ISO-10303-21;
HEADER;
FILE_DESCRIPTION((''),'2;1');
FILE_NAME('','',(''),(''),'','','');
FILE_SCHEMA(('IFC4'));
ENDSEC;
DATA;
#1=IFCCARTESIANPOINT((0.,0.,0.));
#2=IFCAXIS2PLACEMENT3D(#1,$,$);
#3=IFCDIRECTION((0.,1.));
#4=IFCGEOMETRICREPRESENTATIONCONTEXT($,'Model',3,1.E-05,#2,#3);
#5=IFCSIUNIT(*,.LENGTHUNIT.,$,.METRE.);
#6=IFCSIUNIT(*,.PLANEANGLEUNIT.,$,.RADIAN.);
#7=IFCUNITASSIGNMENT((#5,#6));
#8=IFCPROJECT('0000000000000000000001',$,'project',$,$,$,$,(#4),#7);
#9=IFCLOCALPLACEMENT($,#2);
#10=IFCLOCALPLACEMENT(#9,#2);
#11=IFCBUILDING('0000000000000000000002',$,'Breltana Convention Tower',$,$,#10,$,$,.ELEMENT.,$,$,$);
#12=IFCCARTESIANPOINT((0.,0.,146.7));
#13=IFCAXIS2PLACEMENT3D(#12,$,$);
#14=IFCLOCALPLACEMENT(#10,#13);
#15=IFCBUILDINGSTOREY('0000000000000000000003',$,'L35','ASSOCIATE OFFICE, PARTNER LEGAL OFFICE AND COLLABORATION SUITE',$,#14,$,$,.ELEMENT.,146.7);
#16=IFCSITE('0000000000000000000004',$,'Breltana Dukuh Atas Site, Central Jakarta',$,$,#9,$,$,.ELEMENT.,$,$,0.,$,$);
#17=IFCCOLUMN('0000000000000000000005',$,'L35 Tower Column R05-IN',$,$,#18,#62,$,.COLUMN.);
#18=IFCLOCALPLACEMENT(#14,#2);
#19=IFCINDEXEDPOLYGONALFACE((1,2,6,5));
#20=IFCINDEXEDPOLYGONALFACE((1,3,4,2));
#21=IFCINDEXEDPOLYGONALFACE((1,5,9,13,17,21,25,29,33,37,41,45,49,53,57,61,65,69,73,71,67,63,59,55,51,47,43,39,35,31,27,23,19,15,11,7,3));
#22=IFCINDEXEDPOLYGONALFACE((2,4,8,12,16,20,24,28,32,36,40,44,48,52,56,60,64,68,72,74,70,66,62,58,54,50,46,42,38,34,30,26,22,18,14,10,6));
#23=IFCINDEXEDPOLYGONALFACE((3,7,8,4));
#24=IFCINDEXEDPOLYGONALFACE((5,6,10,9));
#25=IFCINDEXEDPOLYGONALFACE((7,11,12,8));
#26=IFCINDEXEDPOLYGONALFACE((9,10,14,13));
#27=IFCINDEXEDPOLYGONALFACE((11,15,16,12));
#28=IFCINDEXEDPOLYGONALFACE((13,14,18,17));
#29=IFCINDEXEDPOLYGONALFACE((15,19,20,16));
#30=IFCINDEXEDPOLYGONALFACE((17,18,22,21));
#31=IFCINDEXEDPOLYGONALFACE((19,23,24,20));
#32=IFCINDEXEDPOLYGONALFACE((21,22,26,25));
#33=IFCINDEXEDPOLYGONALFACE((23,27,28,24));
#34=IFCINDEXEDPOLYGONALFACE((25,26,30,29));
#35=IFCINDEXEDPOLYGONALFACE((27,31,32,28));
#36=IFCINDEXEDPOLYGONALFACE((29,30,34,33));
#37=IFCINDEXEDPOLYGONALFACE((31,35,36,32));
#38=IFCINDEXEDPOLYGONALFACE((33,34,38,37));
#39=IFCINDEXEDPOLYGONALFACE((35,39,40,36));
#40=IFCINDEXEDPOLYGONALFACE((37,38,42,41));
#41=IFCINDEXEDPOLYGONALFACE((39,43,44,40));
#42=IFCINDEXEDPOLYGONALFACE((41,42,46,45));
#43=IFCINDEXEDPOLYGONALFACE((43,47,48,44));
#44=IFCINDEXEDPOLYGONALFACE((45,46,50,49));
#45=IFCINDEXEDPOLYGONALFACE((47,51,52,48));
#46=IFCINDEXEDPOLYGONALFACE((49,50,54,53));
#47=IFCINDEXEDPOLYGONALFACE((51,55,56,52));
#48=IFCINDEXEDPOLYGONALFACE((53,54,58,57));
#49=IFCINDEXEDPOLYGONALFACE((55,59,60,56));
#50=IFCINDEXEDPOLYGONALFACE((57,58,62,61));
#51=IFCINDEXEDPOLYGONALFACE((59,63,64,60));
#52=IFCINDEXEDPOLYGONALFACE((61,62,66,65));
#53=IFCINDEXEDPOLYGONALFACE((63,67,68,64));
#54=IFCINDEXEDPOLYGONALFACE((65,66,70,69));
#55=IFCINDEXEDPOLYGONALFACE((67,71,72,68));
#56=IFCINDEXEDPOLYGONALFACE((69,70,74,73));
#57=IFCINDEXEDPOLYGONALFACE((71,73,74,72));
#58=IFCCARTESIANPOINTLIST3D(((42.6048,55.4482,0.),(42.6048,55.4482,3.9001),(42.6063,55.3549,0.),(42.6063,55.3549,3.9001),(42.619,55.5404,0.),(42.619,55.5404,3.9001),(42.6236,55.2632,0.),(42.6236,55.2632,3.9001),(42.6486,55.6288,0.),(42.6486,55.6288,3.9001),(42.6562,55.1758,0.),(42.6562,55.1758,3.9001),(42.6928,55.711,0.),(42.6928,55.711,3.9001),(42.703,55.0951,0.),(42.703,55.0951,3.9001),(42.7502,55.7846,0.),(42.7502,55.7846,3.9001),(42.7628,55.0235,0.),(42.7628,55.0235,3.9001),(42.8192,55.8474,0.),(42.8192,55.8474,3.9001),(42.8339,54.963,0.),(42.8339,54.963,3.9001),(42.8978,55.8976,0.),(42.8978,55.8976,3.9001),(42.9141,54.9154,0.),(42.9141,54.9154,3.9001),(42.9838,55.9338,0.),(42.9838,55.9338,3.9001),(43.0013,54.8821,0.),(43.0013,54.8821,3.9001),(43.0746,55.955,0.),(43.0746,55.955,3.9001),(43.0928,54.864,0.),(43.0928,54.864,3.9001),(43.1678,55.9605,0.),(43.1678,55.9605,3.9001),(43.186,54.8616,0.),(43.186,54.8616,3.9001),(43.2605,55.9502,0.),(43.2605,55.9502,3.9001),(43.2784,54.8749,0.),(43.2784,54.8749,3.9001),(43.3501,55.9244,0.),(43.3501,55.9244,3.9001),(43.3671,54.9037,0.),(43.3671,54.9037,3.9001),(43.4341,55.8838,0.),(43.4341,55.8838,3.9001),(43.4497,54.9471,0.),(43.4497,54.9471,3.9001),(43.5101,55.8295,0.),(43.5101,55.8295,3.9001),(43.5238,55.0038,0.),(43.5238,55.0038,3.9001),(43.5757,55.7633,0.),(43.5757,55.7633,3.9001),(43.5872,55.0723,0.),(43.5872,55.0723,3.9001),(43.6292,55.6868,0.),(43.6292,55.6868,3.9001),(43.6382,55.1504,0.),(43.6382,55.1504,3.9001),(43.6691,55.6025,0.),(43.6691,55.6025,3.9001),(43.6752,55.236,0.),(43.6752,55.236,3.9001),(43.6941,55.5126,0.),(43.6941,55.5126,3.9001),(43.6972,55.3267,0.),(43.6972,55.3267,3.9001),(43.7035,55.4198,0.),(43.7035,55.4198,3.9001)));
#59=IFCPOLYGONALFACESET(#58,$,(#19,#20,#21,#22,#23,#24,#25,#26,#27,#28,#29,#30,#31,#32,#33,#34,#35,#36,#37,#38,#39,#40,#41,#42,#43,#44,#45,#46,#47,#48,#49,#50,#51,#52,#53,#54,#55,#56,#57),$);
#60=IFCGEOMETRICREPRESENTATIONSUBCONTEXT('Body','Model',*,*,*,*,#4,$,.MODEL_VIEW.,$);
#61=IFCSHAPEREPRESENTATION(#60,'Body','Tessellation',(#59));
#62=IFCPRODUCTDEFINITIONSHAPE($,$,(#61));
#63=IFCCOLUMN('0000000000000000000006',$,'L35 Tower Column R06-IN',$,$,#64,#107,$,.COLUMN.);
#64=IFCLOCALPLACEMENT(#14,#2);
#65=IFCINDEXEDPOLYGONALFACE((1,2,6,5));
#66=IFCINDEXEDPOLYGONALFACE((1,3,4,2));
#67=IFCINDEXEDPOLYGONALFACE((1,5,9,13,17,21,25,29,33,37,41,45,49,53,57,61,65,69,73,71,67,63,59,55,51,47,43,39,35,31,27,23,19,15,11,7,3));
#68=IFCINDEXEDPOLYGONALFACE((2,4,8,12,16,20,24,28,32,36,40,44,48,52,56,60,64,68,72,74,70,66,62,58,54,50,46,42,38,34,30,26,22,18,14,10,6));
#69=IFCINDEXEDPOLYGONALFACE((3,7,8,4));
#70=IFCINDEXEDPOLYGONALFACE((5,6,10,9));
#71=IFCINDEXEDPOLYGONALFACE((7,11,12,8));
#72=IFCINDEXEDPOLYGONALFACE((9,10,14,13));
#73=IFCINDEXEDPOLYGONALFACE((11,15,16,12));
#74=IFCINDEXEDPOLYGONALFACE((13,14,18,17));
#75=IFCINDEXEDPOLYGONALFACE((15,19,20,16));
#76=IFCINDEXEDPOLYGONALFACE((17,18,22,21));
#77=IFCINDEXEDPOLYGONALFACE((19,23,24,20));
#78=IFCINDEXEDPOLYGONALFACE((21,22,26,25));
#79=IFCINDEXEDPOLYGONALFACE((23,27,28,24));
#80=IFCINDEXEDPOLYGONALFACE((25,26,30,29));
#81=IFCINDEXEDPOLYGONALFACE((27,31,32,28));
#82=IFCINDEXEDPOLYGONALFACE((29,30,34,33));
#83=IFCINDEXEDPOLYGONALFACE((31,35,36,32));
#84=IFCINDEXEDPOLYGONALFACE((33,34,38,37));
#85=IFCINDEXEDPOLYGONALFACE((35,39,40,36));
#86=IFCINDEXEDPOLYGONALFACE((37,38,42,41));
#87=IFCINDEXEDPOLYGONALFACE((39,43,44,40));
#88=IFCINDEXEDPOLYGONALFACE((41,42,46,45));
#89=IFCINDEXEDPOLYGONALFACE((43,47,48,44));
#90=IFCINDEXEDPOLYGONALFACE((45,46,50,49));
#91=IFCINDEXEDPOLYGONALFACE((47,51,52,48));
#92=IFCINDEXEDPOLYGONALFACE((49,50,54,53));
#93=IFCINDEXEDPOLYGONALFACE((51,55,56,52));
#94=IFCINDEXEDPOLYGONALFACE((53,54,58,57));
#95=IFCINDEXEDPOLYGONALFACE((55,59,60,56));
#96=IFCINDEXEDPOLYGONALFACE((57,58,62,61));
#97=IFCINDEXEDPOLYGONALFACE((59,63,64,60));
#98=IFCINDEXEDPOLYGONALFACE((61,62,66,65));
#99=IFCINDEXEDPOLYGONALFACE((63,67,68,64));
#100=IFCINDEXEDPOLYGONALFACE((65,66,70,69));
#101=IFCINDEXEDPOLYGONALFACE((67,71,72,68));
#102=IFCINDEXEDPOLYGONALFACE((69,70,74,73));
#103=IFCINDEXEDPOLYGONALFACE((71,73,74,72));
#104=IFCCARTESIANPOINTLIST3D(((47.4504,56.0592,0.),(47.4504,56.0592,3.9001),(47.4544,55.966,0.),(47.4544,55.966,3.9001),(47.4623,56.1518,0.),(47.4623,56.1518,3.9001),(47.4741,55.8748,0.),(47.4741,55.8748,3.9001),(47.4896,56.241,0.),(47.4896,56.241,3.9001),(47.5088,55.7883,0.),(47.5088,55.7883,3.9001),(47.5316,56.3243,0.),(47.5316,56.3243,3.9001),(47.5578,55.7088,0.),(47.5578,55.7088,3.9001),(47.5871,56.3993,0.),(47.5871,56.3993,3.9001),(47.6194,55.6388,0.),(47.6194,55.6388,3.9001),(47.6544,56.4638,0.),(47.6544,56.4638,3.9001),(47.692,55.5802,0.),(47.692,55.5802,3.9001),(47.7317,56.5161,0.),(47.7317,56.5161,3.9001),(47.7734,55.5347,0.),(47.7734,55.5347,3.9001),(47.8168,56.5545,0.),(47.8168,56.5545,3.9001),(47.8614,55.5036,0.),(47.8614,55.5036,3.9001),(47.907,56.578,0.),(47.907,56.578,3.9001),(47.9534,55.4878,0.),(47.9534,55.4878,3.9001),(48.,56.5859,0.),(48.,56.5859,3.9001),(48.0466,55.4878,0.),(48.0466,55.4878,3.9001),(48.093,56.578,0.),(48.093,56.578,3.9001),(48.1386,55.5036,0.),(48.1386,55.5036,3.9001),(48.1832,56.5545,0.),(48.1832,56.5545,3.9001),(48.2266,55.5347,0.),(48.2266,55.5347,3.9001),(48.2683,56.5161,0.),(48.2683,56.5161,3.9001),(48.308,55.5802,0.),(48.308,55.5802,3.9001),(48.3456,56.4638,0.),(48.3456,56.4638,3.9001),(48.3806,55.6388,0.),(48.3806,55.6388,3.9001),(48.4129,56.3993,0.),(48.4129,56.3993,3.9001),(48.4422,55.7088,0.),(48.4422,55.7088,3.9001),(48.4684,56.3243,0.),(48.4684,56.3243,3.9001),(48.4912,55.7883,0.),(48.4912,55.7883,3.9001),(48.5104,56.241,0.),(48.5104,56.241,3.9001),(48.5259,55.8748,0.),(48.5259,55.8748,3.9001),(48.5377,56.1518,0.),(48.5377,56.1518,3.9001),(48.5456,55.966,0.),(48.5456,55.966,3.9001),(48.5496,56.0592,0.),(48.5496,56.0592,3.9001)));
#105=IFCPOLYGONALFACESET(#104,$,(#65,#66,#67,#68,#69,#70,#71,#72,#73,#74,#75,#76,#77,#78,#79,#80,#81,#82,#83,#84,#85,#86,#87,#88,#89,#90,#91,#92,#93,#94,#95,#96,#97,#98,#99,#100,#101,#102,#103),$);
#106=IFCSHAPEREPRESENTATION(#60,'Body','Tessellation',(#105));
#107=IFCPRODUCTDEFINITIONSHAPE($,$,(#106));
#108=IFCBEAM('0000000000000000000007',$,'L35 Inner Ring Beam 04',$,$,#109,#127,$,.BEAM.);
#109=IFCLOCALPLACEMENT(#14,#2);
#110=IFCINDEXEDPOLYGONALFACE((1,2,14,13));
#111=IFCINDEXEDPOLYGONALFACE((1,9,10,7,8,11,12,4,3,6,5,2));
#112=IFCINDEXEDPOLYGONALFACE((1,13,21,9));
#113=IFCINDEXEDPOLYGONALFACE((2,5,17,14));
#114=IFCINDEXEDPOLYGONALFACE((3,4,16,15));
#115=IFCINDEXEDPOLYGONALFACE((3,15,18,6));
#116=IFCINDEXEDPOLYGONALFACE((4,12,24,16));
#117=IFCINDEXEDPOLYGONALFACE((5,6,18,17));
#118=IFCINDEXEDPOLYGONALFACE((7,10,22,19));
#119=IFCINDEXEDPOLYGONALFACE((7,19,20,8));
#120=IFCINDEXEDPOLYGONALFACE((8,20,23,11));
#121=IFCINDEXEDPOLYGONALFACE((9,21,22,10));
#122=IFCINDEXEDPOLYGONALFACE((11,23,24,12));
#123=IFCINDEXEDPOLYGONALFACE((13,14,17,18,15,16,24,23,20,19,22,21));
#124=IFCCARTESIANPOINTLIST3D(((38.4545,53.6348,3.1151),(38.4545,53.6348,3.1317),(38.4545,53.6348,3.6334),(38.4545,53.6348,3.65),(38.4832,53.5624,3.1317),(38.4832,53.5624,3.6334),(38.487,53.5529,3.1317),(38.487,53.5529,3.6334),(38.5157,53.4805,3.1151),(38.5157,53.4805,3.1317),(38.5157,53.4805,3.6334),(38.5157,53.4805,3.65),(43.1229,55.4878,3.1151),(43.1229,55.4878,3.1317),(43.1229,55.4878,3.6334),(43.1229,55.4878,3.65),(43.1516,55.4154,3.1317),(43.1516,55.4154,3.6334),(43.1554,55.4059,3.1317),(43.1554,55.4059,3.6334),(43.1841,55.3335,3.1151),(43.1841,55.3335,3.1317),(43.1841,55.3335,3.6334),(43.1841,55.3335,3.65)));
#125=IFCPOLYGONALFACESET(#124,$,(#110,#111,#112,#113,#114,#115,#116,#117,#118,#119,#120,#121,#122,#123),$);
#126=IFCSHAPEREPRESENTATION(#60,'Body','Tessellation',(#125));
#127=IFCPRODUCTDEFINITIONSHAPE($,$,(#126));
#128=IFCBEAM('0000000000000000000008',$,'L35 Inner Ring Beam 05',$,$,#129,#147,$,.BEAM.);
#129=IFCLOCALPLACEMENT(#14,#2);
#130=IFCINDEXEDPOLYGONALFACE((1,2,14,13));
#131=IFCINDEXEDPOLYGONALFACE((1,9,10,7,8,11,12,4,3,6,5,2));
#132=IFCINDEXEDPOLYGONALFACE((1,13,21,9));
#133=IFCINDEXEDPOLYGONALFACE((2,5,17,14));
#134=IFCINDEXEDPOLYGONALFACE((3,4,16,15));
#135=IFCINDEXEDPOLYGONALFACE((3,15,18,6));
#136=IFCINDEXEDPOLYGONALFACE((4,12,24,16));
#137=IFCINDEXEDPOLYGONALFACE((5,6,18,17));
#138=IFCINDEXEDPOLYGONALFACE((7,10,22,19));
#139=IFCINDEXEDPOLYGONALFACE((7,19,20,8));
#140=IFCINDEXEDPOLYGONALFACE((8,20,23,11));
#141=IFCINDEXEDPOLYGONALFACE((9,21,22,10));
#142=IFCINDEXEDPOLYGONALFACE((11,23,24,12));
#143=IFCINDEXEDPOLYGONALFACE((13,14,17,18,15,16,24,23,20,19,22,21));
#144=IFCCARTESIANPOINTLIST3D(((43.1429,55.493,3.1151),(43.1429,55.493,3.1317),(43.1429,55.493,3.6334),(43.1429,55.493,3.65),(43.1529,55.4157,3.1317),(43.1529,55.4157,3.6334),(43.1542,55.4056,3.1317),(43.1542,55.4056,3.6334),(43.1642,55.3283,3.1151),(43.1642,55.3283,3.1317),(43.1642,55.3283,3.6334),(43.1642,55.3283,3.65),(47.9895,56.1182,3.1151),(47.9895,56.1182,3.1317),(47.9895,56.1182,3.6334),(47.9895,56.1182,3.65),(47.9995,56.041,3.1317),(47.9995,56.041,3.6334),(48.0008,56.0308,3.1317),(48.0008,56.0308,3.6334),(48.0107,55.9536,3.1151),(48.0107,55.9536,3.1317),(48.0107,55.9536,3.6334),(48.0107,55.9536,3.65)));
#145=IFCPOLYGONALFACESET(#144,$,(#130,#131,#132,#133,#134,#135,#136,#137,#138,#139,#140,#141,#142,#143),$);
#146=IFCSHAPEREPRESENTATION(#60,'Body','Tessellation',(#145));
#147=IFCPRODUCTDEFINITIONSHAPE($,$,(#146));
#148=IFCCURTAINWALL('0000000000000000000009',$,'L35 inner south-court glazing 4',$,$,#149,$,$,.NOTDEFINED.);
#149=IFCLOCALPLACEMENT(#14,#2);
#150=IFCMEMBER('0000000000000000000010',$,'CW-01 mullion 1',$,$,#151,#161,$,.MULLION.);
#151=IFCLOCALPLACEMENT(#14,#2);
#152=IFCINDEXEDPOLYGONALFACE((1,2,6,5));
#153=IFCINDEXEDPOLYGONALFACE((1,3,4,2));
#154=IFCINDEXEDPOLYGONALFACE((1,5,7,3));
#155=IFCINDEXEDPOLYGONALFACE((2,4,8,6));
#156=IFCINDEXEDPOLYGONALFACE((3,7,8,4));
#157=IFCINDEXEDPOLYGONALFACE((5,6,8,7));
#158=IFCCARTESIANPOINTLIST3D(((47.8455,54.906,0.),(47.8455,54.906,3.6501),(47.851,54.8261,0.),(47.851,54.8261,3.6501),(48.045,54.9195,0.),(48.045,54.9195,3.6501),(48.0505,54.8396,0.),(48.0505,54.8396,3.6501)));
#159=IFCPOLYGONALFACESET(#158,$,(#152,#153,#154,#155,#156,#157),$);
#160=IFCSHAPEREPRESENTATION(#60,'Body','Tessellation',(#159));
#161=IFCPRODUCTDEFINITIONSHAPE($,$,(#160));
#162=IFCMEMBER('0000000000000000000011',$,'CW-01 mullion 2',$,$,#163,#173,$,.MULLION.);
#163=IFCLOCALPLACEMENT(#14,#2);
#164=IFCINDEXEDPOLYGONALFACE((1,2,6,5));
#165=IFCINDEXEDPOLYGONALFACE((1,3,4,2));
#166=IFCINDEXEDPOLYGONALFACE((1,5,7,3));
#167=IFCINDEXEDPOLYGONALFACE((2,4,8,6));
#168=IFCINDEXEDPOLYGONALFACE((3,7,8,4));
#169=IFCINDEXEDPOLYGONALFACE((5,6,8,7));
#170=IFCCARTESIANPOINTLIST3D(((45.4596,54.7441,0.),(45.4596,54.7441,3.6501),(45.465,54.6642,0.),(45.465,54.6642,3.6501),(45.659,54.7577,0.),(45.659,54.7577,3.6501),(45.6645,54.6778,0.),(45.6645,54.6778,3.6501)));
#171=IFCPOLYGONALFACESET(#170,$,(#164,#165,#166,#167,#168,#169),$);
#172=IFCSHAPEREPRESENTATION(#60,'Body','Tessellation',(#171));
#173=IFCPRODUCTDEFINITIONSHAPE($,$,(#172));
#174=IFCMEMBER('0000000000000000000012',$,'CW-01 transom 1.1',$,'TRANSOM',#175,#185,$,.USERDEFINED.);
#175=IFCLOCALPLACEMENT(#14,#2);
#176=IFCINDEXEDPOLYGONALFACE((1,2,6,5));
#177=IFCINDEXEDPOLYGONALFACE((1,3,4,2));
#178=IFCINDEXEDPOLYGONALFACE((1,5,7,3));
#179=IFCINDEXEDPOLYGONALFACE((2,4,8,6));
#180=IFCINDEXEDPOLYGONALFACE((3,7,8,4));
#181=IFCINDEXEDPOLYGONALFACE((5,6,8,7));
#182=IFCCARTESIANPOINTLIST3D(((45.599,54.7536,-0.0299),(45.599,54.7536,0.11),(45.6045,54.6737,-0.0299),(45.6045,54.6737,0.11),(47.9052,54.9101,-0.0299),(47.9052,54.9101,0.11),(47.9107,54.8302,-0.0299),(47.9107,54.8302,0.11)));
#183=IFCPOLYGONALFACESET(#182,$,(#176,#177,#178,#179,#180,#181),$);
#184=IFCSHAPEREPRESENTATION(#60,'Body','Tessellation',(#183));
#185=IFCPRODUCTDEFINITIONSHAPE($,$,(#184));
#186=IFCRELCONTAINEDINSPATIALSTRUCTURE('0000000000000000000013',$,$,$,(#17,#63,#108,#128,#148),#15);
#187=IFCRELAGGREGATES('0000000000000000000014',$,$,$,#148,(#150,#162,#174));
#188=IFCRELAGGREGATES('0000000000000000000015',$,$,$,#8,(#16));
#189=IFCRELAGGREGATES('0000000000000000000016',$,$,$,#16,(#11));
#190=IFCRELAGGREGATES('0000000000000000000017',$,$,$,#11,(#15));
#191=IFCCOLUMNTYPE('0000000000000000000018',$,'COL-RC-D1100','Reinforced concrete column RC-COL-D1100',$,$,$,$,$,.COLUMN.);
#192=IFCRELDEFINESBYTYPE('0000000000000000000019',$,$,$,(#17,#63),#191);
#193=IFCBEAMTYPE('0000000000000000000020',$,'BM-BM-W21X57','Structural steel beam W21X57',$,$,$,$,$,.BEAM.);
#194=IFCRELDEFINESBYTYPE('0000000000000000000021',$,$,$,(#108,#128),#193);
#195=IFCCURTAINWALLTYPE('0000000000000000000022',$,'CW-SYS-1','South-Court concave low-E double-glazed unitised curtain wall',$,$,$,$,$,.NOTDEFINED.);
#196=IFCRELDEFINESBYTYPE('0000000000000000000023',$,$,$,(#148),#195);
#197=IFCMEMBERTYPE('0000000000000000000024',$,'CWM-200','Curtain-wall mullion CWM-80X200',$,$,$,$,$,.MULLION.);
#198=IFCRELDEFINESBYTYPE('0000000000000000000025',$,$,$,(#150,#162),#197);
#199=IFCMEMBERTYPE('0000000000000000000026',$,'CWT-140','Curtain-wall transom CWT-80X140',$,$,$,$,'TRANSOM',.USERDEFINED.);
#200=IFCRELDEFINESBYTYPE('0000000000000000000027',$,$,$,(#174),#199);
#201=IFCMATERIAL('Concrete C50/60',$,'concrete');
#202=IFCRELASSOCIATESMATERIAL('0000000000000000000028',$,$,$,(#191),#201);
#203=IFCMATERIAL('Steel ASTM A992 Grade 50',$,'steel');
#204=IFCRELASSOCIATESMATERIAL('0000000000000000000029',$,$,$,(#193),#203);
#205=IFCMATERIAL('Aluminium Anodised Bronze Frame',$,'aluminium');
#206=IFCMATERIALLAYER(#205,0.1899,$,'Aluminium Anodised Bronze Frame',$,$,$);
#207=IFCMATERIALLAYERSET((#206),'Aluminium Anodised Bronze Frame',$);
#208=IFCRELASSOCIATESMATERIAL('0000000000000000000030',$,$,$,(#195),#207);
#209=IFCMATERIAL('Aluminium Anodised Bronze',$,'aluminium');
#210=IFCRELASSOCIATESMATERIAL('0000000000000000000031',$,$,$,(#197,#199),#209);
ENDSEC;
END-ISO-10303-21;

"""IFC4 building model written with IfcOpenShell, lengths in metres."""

from ifc_helpers import new_model, si_unit, direction, frame, origin, origin_2d, place, context, subcontext, project, spatial, rectangle, circle, i_section, extrude, source, transform, mapped, material, layer, layer_set, material_profile, profile_set, type_object, element, aggregate, save


model = new_model("IFC4")

# Units and contexts
model_context = context("Model", 3, precision=1e-05, world=origin(), true_north=direction((0.0, 1.0)))
body_context = subcontext(model_context, "Body", "Model", "MODEL_VIEW")
ifc_project = project(units=[si_unit("LENGTHUNIT", "METRE"), si_unit("PLANEANGLEUNIT", "RADIAN")], contexts=[model_context])

# Site, building, storey
site_placement = place(None, origin())
site = spatial("IfcSite", under=ifc_project, at=site_placement, Name="Breltana Dukuh Atas Site, Central Jakarta", CompositionType="ELEMENT", RefElevation=0.0)
building_placement = place(site_placement, origin())
building = spatial("IfcBuilding", under=site, at=building_placement, Name="Breltana Convention Tower", CompositionType="ELEMENT")
storey_placement = place(building_placement, frame((0.0, 0.0, 146.7)))
storey = spatial("IfcBuildingStorey", under=building, at=storey_placement, Name="L35", Description="ASSOCIATE OFFICE, PARTNER LEGAL OFFICE AND COLLABORATION SUITE", CompositionType="ELEMENT", Elevation=146.7)

# Columns
ifc_material_1 = material(Name="Concrete C50/60", Category="concrete")
ifc_material_profile_1 = material_profile(ifc_material_1, circle(Radius=0.55, at=origin_2d()), Name="RC-COL-D1100")
ifc_profile_set_1 = profile_set([ifc_material_profile_1], Name="Concrete C50/60")
column_type = type_object("IfcColumnType", Name="COL-RC-D1100", Description="Reinforced concrete column RC-COL-D1100", PredefinedType="COLUMN", material=ifc_profile_set_1)
shared_shape_1 = source(origin(), body_context, "Body", "SweptSolid", [
    extrude(circle(Radius=0.55, at=origin_2d()), origin(), (0.0, 0.0, 1.0), 3.9001),
])
for number, where, z_axis, x_axis, name in (
    (1, (43.1536, 55.4106, 0.0), (0.0, 0.0, 1.0), (-0.143493, 0.989651, 0.0), "L35 Tower Column R05-IN"),
    (2, (48.0, 56.0359, 0.0), (0.0, 0.0, 1.0), (0.0, 1.0, 0.0), "L35 Tower Column R06-IN"),
):
    element("IfcColumn", number, at=place(storey_placement, frame(where, z_axis=z_axis, x_axis=x_axis)), inside=storey, type_object=column_type, Name=name, PredefinedType="COLUMN", context=body_context, shape_type="MappedRepresentation", body=[
        mapped(shared_shape_1, transform((0.0, 0.0, 0.0), scale=1.0)),
    ])

# Beams
ifc_material_2 = material(Name="Steel ASTM A992 Grade 50", Category="steel")
ifc_material_profile_2 = material_profile(ifc_material_2, i_section(OverallWidth=0.166, OverallDepth=0.5349, WebThickness=0.0103, FlangeThickness=0.0166, at=origin_2d()), Name="W21X57")
ifc_profile_set_2 = profile_set([ifc_material_profile_2], Name="Steel ASTM A992 Grade 50")
beam_type = type_object("IfcBeamType", Name="BM-BM-W21X57", Description="Structural steel beam W21X57", PredefinedType="BEAM", material=ifc_profile_set_2)
shared_shape_2 = source(origin(), body_context, "Body", "SweptSolid", [
    extrude(i_section(OverallWidth=0.166, OverallDepth=0.5349, WebThickness=0.0103, FlangeThickness=0.0166, at=origin_2d()), origin(), (0.0, 0.0, 1.0), 5.0227),
])
beam_1_placement = place(storey_placement, frame((38.4851, 53.5576, 3.3826), z_axis=(0.929459, 0.368926, 0.0), x_axis=(-0.368926, 0.929459, 0.0)))
element("IfcBeam", 3, at=beam_1_placement, inside=storey, type_object=beam_type, Name="L35 Inner Ring Beam 04", PredefinedType="BEAM", context=body_context, shape_type="MappedRepresentation", body=[
    mapped(shared_shape_2, transform((0.0, 0.0, 0.0), scale=1.0)),
])
shared_shape_3 = source(origin(), body_context, "Body", "SweptSolid", [
    extrude(i_section(OverallWidth=0.166, OverallDepth=0.5349, WebThickness=0.0103, FlangeThickness=0.0166, at=origin_2d()), origin(), (0.0, 0.0, 1.0), 4.8867),
])
beam_2_placement = place(storey_placement, frame((43.1536, 55.4106, 3.3826), z_axis=(0.991781, 0.127951, 0.0), x_axis=(-0.127951, 0.991781, 0.0)))
element("IfcBeam", 4, at=beam_2_placement, inside=storey, type_object=beam_type, Name="L35 Inner Ring Beam 05", PredefinedType="BEAM", context=body_context, shape_type="MappedRepresentation", body=[
    mapped(shared_shape_3, transform((0.0, 0.0, 0.0), scale=1.0)),
])

# Curtain wall, members
ifc_material_3 = material(Name="Aluminium Anodised Bronze Frame", Category="aluminium")
ifc_layer_1 = layer(ifc_material_3, 0.1899, Name="Aluminium Anodised Bronze Frame")
ifc_layer_set_1 = layer_set([ifc_layer_1], Name="Aluminium Anodised Bronze Frame")
curtain_wall_type = type_object("IfcCurtainWallType", Name="CW-SYS-1", Description="South-Court concave low-E double-glazed unitised curtain wall", PredefinedType="NOTDEFINED", material=ifc_layer_set_1)
curtain_wall_placement = place(storey_placement, origin())
curtain_wall = element("IfcCurtainWall", 5, at=curtain_wall_placement, inside=storey, type_object=curtain_wall_type, Name="L35 inner south-court glazing 4", PredefinedType="NOTDEFINED")
ifc_material_4 = material(Name="Aluminium Anodised Bronze", Category="aluminium")
ifc_material_profile_3 = material_profile(ifc_material_4, rectangle(XDim=0.0801, YDim=0.2, at=origin_2d()), Name="CWM-80X200")
ifc_profile_set_3 = profile_set([ifc_material_profile_3], Name="Aluminium Anodised Bronze")
member_type_1 = type_object("IfcMemberType", Name="CWM-200", Description="Curtain-wall mullion CWM-80X200", PredefinedType="MULLION", material=ifc_profile_set_3)
shared_shape_4 = source(origin(), body_context, "Body", "SweptSolid", [
    extrude(rectangle(XDim=0.0801, YDim=0.2, at=origin_2d()), origin(), (0.0, 0.0, 1.0), 3.6501),
])
member_1_placement = place(storey_placement, frame((47.948, 54.8728, 0.0), z_axis=(0.0, 0.0, 1.0), x_axis=(0.067733, -0.997703, 0.0)))
member_1 = element("IfcMember", 6, at=member_1_placement, type_object=member_type_1, Name="CW-01 mullion 1", PredefinedType="MULLION", context=body_context, shape_type="MappedRepresentation", body=[
    mapped(shared_shape_4, transform((0.0, 0.0, 0.0), scale=1.0)),
])
member_2_placement = place(storey_placement, frame((45.562, 54.7109, 0.0), z_axis=(0.0, 0.0, 1.0), x_axis=(0.067733, -0.997703, 0.0)))
member_2 = element("IfcMember", 7, at=member_2_placement, type_object=member_type_1, Name="CW-01 mullion 2", PredefinedType="MULLION", context=body_context, shape_type="MappedRepresentation", body=[
    mapped(shared_shape_4, transform((0.0, 0.0, 0.0), scale=1.0)),
])
ifc_material_profile_4 = material_profile(ifc_material_4, rectangle(XDim=0.0801, YDim=0.1399, at=origin_2d()), Name="CWT-80X140")
ifc_profile_set_4 = profile_set([ifc_material_profile_4], Name="Aluminium Anodised Bronze")
member_type_2 = type_object("IfcMemberType", Name="CWT-140", Description="Curtain-wall transom CWT-80X140", ElementType="TRANSOM", PredefinedType="USERDEFINED", material=ifc_profile_set_4)
shared_shape_5 = source(origin(), body_context, "Body", "SweptSolid", [
    extrude(rectangle(XDim=0.0801, YDim=0.1399, at=origin_2d()), origin(), (0.0, 0.0, 1.0), 2.3115),
])
member_3_placement = place(storey_placement, frame((47.908, 54.8701, 0.04), z_axis=(-0.997705, -0.067704, 0.0), x_axis=(0.067704, -0.997705, 0.0)))
member_3 = element("IfcMember", 8, at=member_3_placement, type_object=member_type_2, Name="CW-01 transom 1.1", ObjectType="TRANSOM", PredefinedType="USERDEFINED", context=body_context, shape_type="MappedRepresentation", body=[
    mapped(shared_shape_5, transform((0.0, 0.0, 0.0), scale=1.0)),
])
aggregate(curtain_wall, [member_1, member_2, member_3])

save(model, "model.ifc")
